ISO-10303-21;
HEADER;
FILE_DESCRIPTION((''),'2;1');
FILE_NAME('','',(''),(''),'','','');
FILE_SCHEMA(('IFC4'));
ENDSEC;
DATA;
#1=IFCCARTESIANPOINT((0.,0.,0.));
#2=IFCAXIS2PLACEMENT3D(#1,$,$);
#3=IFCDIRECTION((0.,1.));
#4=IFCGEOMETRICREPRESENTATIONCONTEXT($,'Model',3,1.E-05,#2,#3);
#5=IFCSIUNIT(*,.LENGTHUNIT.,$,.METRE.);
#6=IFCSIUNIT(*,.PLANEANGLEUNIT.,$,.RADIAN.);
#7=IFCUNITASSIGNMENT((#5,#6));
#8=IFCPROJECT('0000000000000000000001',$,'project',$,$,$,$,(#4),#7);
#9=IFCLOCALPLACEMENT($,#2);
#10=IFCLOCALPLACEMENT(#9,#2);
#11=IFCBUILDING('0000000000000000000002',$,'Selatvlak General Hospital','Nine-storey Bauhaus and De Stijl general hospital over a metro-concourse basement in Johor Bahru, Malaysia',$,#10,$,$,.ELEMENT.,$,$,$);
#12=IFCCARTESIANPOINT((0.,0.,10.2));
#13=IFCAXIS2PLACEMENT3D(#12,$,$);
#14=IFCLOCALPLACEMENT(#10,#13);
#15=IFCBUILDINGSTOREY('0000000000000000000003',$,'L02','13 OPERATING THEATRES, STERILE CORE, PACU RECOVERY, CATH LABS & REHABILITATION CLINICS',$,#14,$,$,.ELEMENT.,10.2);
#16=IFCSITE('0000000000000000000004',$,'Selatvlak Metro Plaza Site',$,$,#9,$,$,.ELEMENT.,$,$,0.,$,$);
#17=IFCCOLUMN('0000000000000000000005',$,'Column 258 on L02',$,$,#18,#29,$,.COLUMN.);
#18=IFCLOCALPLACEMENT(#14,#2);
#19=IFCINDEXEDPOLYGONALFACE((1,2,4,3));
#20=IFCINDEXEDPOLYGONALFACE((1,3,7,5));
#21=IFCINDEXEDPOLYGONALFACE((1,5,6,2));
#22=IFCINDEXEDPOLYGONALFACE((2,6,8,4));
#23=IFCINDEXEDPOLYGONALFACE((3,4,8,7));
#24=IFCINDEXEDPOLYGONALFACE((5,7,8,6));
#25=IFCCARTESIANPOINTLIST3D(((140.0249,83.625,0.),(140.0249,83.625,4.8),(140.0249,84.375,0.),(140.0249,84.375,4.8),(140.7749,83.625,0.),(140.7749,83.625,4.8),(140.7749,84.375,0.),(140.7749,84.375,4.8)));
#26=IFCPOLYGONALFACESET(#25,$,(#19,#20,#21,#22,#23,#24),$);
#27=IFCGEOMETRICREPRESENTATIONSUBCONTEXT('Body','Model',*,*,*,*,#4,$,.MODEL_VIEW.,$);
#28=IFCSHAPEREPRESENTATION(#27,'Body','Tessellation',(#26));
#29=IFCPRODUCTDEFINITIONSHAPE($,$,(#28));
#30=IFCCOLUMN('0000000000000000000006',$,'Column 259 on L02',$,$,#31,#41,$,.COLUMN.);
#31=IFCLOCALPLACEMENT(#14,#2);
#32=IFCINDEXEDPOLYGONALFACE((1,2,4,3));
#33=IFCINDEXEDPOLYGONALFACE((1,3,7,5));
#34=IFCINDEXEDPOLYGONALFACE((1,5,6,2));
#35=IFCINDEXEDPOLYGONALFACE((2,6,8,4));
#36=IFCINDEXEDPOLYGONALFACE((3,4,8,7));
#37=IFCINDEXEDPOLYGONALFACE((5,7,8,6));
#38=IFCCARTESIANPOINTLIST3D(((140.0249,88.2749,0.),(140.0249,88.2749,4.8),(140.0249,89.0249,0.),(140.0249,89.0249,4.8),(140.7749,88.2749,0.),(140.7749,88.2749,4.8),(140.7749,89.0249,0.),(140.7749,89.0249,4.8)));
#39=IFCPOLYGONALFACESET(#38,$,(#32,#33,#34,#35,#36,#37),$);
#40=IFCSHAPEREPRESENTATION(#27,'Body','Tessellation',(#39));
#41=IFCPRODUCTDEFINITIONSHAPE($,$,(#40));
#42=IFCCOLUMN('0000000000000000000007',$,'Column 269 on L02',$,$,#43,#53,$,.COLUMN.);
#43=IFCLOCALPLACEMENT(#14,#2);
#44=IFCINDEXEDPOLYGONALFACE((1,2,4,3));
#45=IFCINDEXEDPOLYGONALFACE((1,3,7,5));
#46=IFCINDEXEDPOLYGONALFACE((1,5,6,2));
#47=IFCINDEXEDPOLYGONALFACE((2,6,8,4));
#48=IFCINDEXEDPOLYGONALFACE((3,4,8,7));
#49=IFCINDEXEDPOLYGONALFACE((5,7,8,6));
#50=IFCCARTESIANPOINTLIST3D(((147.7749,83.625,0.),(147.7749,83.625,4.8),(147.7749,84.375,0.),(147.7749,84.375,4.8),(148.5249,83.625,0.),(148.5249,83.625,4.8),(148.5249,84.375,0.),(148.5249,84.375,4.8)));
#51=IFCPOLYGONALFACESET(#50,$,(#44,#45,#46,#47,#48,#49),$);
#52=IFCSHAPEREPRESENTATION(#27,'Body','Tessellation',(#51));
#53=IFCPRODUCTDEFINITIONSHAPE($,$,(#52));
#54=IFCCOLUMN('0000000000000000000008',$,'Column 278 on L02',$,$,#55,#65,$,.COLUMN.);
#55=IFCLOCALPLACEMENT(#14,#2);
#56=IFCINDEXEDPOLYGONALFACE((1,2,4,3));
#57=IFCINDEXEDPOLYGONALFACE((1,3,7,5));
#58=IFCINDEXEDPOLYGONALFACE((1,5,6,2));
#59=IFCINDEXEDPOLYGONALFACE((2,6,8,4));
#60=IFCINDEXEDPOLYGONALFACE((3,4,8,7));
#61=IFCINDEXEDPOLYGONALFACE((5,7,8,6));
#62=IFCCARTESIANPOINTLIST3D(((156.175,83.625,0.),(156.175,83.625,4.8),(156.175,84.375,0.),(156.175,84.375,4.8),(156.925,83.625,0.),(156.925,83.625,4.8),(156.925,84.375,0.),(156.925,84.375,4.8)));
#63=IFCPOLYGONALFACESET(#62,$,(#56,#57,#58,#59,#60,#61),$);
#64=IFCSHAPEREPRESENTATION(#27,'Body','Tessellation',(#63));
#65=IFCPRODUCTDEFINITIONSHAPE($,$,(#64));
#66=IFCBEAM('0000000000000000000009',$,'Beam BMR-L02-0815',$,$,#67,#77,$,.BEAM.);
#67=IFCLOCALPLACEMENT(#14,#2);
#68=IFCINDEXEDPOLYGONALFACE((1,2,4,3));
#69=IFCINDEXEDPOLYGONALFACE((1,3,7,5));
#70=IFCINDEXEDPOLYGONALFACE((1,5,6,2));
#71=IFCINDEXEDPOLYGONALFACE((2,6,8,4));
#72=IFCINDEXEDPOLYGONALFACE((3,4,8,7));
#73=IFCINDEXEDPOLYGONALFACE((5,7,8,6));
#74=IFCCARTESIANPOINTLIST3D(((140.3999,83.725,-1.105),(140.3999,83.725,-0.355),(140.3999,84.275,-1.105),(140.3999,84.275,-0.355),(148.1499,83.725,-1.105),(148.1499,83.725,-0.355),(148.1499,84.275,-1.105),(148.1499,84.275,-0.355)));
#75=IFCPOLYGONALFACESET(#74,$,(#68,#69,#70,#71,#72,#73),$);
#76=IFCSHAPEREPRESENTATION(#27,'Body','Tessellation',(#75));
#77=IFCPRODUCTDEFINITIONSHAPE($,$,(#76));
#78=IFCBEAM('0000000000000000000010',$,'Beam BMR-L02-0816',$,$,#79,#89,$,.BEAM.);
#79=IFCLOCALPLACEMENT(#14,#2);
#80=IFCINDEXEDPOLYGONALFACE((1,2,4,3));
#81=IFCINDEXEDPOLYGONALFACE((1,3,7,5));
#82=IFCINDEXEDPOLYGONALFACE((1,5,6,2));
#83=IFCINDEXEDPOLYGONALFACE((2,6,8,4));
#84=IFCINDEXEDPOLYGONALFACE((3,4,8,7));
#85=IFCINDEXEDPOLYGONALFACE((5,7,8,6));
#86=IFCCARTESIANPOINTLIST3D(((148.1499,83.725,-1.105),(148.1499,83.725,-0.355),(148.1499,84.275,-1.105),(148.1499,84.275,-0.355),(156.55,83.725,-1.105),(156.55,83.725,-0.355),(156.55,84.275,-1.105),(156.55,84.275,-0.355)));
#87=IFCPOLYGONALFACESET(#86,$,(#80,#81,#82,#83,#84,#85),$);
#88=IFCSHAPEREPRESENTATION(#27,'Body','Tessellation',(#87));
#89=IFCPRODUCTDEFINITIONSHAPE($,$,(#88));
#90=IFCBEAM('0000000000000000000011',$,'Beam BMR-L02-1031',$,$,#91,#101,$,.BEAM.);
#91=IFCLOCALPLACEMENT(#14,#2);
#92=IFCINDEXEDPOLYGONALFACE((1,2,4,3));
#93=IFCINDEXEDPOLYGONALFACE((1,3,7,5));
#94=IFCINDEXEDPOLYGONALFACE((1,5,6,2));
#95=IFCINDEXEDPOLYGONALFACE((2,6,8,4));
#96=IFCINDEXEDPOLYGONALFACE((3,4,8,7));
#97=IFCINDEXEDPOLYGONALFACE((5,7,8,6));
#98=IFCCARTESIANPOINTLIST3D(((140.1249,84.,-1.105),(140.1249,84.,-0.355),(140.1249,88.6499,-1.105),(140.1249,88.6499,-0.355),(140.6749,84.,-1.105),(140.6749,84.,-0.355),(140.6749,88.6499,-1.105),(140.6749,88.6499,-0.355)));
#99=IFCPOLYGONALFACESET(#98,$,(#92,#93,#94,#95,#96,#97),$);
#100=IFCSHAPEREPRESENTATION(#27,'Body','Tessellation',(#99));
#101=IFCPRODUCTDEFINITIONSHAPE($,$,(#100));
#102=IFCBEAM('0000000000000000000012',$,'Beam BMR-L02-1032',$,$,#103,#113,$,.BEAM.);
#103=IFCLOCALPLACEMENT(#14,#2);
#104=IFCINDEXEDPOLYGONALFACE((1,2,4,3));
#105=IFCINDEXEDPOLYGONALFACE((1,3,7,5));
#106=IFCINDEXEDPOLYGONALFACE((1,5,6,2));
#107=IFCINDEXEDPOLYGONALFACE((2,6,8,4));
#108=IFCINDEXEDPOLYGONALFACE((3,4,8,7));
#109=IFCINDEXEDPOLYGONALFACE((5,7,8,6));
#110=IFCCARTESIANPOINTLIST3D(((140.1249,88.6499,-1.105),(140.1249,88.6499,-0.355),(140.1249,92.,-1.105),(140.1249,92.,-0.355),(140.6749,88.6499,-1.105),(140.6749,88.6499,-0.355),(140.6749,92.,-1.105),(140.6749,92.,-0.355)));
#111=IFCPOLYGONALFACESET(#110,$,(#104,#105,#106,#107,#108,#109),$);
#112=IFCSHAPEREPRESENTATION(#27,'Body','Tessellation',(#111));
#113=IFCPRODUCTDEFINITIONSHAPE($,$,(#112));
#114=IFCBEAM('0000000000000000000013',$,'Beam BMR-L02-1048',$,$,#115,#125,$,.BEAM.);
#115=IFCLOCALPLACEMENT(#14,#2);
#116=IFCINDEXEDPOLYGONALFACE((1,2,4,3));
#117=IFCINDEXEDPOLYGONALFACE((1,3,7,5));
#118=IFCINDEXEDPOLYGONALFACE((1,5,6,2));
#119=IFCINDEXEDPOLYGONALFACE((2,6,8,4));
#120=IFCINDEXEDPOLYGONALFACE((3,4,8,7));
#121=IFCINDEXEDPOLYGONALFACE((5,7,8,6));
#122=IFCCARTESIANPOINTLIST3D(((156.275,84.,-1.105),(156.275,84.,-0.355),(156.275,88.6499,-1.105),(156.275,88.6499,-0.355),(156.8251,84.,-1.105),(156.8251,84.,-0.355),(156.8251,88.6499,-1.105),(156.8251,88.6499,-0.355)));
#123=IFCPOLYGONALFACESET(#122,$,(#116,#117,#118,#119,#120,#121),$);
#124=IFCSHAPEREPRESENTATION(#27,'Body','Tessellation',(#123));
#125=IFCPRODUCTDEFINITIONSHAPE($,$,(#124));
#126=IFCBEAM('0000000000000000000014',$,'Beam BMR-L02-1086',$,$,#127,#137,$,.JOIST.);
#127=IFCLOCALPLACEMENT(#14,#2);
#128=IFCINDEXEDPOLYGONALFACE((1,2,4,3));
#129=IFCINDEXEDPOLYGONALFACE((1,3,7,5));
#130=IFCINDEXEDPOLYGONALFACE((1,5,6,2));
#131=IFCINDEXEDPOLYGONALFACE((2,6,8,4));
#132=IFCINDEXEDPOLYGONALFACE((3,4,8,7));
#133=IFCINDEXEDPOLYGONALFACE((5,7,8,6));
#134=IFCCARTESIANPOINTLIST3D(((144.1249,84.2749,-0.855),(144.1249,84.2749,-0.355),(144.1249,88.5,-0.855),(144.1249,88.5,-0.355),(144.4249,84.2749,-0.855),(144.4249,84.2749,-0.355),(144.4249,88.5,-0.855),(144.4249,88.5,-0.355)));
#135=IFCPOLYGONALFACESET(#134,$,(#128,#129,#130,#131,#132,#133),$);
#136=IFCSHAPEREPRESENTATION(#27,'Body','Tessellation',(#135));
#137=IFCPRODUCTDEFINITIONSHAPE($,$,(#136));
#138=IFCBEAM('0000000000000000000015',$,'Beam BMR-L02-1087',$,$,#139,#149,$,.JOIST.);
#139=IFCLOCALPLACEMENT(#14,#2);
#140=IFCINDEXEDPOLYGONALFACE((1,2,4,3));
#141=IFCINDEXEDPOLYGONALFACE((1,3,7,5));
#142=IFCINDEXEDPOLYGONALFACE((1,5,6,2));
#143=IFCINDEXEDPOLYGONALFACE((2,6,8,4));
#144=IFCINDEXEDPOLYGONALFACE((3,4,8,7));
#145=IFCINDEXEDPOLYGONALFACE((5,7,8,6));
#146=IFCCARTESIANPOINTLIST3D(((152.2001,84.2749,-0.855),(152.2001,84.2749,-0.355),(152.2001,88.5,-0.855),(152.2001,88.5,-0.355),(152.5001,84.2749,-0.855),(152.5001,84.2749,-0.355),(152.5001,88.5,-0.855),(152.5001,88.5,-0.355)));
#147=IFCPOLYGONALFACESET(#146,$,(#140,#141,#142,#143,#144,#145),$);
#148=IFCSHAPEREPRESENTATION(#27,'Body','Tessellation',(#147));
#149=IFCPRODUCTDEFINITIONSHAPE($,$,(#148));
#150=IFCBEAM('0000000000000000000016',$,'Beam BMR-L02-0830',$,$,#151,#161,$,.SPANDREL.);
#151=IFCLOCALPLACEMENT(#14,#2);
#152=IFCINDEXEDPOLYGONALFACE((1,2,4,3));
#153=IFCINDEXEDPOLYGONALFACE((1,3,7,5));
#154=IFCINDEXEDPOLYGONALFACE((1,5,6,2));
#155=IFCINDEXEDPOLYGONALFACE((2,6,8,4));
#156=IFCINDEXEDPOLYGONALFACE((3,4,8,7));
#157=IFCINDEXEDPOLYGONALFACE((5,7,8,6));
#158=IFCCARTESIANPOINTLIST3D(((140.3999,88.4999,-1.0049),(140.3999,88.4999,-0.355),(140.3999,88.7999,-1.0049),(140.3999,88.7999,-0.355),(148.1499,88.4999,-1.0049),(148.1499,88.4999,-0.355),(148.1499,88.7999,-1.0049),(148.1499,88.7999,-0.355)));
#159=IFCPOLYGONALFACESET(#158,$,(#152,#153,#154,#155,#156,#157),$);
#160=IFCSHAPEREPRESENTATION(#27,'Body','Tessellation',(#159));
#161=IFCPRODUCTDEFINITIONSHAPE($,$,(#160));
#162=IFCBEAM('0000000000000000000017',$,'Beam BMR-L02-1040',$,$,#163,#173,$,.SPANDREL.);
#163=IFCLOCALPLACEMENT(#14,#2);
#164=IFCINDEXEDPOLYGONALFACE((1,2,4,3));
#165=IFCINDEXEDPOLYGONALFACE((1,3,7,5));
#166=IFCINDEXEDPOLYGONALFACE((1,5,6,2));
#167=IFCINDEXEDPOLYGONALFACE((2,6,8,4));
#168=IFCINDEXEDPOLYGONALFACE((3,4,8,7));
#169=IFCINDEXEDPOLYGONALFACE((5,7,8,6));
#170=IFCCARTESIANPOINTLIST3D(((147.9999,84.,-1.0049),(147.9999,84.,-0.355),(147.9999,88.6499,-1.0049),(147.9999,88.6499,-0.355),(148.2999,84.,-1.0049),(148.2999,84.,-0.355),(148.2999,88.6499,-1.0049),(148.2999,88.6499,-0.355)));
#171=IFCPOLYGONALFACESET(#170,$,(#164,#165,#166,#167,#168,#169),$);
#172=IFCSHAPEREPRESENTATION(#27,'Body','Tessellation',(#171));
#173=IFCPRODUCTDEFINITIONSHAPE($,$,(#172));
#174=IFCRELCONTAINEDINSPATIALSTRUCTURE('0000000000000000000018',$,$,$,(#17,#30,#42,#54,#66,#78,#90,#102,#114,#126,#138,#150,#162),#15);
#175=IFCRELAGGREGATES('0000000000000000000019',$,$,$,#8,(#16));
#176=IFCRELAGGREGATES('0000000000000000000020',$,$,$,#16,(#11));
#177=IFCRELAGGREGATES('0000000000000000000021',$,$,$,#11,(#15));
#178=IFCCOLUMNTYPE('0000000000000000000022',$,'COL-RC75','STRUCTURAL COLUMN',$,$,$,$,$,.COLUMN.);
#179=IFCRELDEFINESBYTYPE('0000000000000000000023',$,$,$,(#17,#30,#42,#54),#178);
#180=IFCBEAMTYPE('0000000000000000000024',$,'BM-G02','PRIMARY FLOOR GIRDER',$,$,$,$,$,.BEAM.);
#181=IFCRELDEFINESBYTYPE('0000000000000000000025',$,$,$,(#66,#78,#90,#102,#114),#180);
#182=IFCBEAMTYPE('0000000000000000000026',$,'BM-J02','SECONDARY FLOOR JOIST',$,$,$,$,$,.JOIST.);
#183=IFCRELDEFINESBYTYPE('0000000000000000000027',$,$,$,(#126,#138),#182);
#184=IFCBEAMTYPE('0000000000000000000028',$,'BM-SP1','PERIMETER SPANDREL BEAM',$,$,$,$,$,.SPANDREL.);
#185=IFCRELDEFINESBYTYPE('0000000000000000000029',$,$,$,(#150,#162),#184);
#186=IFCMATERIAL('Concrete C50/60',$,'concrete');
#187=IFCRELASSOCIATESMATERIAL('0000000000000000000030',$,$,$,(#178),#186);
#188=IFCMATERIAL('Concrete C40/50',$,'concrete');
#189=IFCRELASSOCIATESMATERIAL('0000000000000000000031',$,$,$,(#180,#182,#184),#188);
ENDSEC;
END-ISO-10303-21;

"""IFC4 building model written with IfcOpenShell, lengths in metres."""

from ifc_helpers import new_model, si_unit, direction, frame, origin, origin_2d, place, context, subcontext, project, spatial, rectangle, extrude, material, material_profile, profile_set, type_object, element, save


model = new_model("IFC4")

# Units and contexts
model_context = context("Model", 3, precision=1e-05, world=origin(), true_north=direction((0.0, 1.0)))
body_context = subcontext(model_context, "Body", "Model", "MODEL_VIEW")
ifc_project = project(units=[si_unit("LENGTHUNIT", "METRE"), si_unit("PLANEANGLEUNIT", "RADIAN")], contexts=[model_context])

# Site, building, storey
site_placement = place(None, origin())
site = spatial("IfcSite", under=ifc_project, at=site_placement, Name="Selatvlak Metro Plaza Site", CompositionType="ELEMENT", RefElevation=0.0)
building_placement = place(site_placement, origin())
building = spatial("IfcBuilding", under=site, at=building_placement, Name="Selatvlak General Hospital", Description="Nine-storey Bauhaus and De Stijl general hospital over a metro-concourse basement in Johor Bahru, Malaysia", CompositionType="ELEMENT")
storey_placement = place(building_placement, frame((0.0, 0.0, 10.2)))
storey = spatial("IfcBuildingStorey", under=building, at=storey_placement, Name="L02", Description="13 OPERATING THEATRES, STERILE CORE, PACU RECOVERY, CATH LABS & REHABILITATION CLINICS", CompositionType="ELEMENT", Elevation=10.2)

# Columns
ifc_material_1 = material(Name="Concrete C50/60", Category="concrete")
ifc_material_profile_1 = material_profile(ifc_material_1, rectangle(XDim=0.75, YDim=0.75, at=origin_2d()), Name="RC-COL 750x750")
ifc_profile_set_1 = profile_set([ifc_material_profile_1], Name="Concrete C50/60")
column_type = type_object("IfcColumnType", Name="COL-RC75", Description="STRUCTURAL COLUMN", PredefinedType="COLUMN", material=ifc_profile_set_1)
for number, where, z_axis, x_axis, name in (
    (1, (140.3999, 84.0, 0.0), (0.0, 0.0, 1.0), (1.0, 0.0, 0.0), "Column 258 on L02"),
    (2, (140.3999, 88.6499, 0.0), (0.0, 0.0, 1.0), (1.0, 0.0, 0.0), "Column 259 on L02"),
    (3, (148.1499, 84.0, 0.0), (0.0, 0.0, 1.0), (1.0, 0.0, 0.0), "Column 269 on L02"),
    (4, (156.55, 84.0, 0.0), (0.0, 0.0, 1.0), (1.0, 0.0, 0.0), "Column 278 on L02"),
):
    element("IfcColumn", number, at=place(storey_placement, frame(where, z_axis=z_axis, x_axis=x_axis)), inside=storey, type_object=column_type, Name=name, PredefinedType="COLUMN", context=body_context, shape_type="SweptSolid", body=[
        extrude(rectangle(XDim=0.75, YDim=0.75, at=origin_2d()), origin(), (0.0, 0.0, 1.0), 4.8),
    ])

# Beams
ifc_material_2 = material(Name="Concrete C40/50", Category="concrete")
ifc_material_profile_2 = material_profile(ifc_material_2, rectangle(XDim=0.55, YDim=0.75, at=origin_2d()), Name="RC-BM 550x750")
ifc_profile_set_2 = profile_set([ifc_material_profile_2], Name="Concrete C40/50")
beam_type_1 = type_object("IfcBeamType", Name="BM-G02", Description="PRIMARY FLOOR GIRDER", PredefinedType="BEAM", material=ifc_profile_set_2)
beam_1_placement = place(storey_placement, frame((140.3999, 84.0, -0.73), z_axis=(1.0, 0.0, 0.0), x_axis=(0.0, 1.0, 0.0)))
element("IfcBeam", 5, at=beam_1_placement, inside=storey, type_object=beam_type_1, Name="Beam BMR-L02-0815", PredefinedType="BEAM", context=body_context, shape_type="SweptSolid", body=[
    extrude(rectangle(XDim=0.55, YDim=0.75, at=origin_2d()), origin(), (0.0, 0.0, 1.0), 7.75),
])
beam_2_placement = place(storey_placement, frame((148.1499, 84.0, -0.73), z_axis=(1.0, 0.0, 0.0), x_axis=(0.0, 1.0, 0.0)))
element("IfcBeam", 6, at=beam_2_placement, inside=storey, type_object=beam_type_1, Name="Beam BMR-L02-0816", PredefinedType="BEAM", context=body_context, shape_type="SweptSolid", body=[
    extrude(rectangle(XDim=0.55, YDim=0.75, at=origin_2d()), origin(), (0.0, 0.0, 1.0), 8.4001),
])
beam_3_placement = place(storey_placement, frame((140.3999, 84.0, -0.73), z_axis=(0.0, 1.0, 0.0), x_axis=(-1.0, 0.0, 0.0)))
element("IfcBeam", 7, at=beam_3_placement, inside=storey, type_object=beam_type_1, Name="Beam BMR-L02-1031", PredefinedType="BEAM", context=body_context, shape_type="SweptSolid", body=[
    extrude(rectangle(XDim=0.55, YDim=0.75, at=origin_2d()), origin(), (0.0, 0.0, 1.0), 4.6499),
])
beam_4_placement = place(storey_placement, frame((140.3999, 88.6499, -0.73), z_axis=(0.0, 1.0, 0.0), x_axis=(-1.0, 0.0, 0.0)))
element("IfcBeam", 8, at=beam_4_placement, inside=storey, type_object=beam_type_1, Name="Beam BMR-L02-1032", PredefinedType="BEAM", context=body_context, shape_type="SweptSolid", body=[
    extrude(rectangle(XDim=0.55, YDim=0.75, at=origin_2d()), origin(), (0.0, 0.0, 1.0), 3.3501),
])
beam_5_placement = place(storey_placement, frame((156.55, 84.0, -0.73), z_axis=(0.0, 1.0, 0.0), x_axis=(-1.0, 0.0, 0.0)))
element("IfcBeam", 9, at=beam_5_placement, inside=storey, type_object=beam_type_1, Name="Beam BMR-L02-1048", PredefinedType="BEAM", context=body_context, shape_type="SweptSolid", body=[
    extrude(rectangle(XDim=0.55, YDim=0.75, at=origin_2d()), origin(), (0.0, 0.0, 1.0), 4.6499),
])
ifc_material_profile_3 = material_profile(ifc_material_2, rectangle(XDim=0.3, YDim=0.5, at=origin_2d()), Name="RC-BM 300x500")
ifc_profile_set_3 = profile_set([ifc_material_profile_3], Name="Concrete C40/50")
beam_type_2 = type_object("IfcBeamType", Name="BM-J02", Description="SECONDARY FLOOR JOIST", PredefinedType="JOIST", material=ifc_profile_set_3)
for number, where, z_axis, x_axis, name in (
    (10, (144.2749, 84.2749, -0.605), (0.0, 1.0, 0.0), (-1.0, 0.0, 0.0), "Beam BMR-L02-1086"),
    (11, (152.3501, 84.2749, -0.605), (0.0, 1.0, 0.0), (-1.0, 0.0, 0.0), "Beam BMR-L02-1087"),
):
    element("IfcBeam", number, at=place(storey_placement, frame(where, z_axis=z_axis, x_axis=x_axis)), inside=storey, type_object=beam_type_2, Name=name, PredefinedType="JOIST", context=body_context, shape_type="SweptSolid", body=[
        extrude(rectangle(XDim=0.3, YDim=0.5, at=origin_2d()), origin(), (0.0, 0.0, 1.0), 4.2251),
    ])
ifc_material_profile_4 = material_profile(ifc_material_2, rectangle(XDim=0.3, YDim=0.6499, at=origin_2d()), Name="RC-SP 300x650")
ifc_profile_set_4 = profile_set([ifc_material_profile_4], Name="Concrete C40/50")
beam_type_3 = type_object("IfcBeamType", Name="BM-SP1", Description="PERIMETER SPANDREL BEAM", PredefinedType="SPANDREL", material=ifc_profile_set_4)
beam_6_placement = place(storey_placement, frame((140.3999, 88.6499, -0.6799), z_axis=(1.0, 0.0, 0.0), x_axis=(0.0, 1.0, 0.0)))
element("IfcBeam", 12, at=beam_6_placement, inside=storey, type_object=beam_type_3, Name="Beam BMR-L02-0830", PredefinedType="SPANDREL", context=body_context, shape_type="SweptSolid", body=[
    extrude(rectangle(XDim=0.3, YDim=0.6499, at=origin_2d()), origin(), (0.0, 0.0, 1.0), 7.75),
])
beam_7_placement = place(storey_placement, frame((148.1499, 84.0, -0.6799), z_axis=(0.0, 1.0, 0.0), x_axis=(-1.0, 0.0, 0.0)))
element("IfcBeam", 13, at=beam_7_placement, inside=storey, type_object=beam_type_3, Name="Beam BMR-L02-1040", PredefinedType="SPANDREL", context=body_context, shape_type="SweptSolid", body=[
    extrude(rectangle(XDim=0.3, YDim=0.6499, at=origin_2d()), origin(), (0.0, 0.0, 1.0), 4.6499),
])

save(model, "model.ifc")
